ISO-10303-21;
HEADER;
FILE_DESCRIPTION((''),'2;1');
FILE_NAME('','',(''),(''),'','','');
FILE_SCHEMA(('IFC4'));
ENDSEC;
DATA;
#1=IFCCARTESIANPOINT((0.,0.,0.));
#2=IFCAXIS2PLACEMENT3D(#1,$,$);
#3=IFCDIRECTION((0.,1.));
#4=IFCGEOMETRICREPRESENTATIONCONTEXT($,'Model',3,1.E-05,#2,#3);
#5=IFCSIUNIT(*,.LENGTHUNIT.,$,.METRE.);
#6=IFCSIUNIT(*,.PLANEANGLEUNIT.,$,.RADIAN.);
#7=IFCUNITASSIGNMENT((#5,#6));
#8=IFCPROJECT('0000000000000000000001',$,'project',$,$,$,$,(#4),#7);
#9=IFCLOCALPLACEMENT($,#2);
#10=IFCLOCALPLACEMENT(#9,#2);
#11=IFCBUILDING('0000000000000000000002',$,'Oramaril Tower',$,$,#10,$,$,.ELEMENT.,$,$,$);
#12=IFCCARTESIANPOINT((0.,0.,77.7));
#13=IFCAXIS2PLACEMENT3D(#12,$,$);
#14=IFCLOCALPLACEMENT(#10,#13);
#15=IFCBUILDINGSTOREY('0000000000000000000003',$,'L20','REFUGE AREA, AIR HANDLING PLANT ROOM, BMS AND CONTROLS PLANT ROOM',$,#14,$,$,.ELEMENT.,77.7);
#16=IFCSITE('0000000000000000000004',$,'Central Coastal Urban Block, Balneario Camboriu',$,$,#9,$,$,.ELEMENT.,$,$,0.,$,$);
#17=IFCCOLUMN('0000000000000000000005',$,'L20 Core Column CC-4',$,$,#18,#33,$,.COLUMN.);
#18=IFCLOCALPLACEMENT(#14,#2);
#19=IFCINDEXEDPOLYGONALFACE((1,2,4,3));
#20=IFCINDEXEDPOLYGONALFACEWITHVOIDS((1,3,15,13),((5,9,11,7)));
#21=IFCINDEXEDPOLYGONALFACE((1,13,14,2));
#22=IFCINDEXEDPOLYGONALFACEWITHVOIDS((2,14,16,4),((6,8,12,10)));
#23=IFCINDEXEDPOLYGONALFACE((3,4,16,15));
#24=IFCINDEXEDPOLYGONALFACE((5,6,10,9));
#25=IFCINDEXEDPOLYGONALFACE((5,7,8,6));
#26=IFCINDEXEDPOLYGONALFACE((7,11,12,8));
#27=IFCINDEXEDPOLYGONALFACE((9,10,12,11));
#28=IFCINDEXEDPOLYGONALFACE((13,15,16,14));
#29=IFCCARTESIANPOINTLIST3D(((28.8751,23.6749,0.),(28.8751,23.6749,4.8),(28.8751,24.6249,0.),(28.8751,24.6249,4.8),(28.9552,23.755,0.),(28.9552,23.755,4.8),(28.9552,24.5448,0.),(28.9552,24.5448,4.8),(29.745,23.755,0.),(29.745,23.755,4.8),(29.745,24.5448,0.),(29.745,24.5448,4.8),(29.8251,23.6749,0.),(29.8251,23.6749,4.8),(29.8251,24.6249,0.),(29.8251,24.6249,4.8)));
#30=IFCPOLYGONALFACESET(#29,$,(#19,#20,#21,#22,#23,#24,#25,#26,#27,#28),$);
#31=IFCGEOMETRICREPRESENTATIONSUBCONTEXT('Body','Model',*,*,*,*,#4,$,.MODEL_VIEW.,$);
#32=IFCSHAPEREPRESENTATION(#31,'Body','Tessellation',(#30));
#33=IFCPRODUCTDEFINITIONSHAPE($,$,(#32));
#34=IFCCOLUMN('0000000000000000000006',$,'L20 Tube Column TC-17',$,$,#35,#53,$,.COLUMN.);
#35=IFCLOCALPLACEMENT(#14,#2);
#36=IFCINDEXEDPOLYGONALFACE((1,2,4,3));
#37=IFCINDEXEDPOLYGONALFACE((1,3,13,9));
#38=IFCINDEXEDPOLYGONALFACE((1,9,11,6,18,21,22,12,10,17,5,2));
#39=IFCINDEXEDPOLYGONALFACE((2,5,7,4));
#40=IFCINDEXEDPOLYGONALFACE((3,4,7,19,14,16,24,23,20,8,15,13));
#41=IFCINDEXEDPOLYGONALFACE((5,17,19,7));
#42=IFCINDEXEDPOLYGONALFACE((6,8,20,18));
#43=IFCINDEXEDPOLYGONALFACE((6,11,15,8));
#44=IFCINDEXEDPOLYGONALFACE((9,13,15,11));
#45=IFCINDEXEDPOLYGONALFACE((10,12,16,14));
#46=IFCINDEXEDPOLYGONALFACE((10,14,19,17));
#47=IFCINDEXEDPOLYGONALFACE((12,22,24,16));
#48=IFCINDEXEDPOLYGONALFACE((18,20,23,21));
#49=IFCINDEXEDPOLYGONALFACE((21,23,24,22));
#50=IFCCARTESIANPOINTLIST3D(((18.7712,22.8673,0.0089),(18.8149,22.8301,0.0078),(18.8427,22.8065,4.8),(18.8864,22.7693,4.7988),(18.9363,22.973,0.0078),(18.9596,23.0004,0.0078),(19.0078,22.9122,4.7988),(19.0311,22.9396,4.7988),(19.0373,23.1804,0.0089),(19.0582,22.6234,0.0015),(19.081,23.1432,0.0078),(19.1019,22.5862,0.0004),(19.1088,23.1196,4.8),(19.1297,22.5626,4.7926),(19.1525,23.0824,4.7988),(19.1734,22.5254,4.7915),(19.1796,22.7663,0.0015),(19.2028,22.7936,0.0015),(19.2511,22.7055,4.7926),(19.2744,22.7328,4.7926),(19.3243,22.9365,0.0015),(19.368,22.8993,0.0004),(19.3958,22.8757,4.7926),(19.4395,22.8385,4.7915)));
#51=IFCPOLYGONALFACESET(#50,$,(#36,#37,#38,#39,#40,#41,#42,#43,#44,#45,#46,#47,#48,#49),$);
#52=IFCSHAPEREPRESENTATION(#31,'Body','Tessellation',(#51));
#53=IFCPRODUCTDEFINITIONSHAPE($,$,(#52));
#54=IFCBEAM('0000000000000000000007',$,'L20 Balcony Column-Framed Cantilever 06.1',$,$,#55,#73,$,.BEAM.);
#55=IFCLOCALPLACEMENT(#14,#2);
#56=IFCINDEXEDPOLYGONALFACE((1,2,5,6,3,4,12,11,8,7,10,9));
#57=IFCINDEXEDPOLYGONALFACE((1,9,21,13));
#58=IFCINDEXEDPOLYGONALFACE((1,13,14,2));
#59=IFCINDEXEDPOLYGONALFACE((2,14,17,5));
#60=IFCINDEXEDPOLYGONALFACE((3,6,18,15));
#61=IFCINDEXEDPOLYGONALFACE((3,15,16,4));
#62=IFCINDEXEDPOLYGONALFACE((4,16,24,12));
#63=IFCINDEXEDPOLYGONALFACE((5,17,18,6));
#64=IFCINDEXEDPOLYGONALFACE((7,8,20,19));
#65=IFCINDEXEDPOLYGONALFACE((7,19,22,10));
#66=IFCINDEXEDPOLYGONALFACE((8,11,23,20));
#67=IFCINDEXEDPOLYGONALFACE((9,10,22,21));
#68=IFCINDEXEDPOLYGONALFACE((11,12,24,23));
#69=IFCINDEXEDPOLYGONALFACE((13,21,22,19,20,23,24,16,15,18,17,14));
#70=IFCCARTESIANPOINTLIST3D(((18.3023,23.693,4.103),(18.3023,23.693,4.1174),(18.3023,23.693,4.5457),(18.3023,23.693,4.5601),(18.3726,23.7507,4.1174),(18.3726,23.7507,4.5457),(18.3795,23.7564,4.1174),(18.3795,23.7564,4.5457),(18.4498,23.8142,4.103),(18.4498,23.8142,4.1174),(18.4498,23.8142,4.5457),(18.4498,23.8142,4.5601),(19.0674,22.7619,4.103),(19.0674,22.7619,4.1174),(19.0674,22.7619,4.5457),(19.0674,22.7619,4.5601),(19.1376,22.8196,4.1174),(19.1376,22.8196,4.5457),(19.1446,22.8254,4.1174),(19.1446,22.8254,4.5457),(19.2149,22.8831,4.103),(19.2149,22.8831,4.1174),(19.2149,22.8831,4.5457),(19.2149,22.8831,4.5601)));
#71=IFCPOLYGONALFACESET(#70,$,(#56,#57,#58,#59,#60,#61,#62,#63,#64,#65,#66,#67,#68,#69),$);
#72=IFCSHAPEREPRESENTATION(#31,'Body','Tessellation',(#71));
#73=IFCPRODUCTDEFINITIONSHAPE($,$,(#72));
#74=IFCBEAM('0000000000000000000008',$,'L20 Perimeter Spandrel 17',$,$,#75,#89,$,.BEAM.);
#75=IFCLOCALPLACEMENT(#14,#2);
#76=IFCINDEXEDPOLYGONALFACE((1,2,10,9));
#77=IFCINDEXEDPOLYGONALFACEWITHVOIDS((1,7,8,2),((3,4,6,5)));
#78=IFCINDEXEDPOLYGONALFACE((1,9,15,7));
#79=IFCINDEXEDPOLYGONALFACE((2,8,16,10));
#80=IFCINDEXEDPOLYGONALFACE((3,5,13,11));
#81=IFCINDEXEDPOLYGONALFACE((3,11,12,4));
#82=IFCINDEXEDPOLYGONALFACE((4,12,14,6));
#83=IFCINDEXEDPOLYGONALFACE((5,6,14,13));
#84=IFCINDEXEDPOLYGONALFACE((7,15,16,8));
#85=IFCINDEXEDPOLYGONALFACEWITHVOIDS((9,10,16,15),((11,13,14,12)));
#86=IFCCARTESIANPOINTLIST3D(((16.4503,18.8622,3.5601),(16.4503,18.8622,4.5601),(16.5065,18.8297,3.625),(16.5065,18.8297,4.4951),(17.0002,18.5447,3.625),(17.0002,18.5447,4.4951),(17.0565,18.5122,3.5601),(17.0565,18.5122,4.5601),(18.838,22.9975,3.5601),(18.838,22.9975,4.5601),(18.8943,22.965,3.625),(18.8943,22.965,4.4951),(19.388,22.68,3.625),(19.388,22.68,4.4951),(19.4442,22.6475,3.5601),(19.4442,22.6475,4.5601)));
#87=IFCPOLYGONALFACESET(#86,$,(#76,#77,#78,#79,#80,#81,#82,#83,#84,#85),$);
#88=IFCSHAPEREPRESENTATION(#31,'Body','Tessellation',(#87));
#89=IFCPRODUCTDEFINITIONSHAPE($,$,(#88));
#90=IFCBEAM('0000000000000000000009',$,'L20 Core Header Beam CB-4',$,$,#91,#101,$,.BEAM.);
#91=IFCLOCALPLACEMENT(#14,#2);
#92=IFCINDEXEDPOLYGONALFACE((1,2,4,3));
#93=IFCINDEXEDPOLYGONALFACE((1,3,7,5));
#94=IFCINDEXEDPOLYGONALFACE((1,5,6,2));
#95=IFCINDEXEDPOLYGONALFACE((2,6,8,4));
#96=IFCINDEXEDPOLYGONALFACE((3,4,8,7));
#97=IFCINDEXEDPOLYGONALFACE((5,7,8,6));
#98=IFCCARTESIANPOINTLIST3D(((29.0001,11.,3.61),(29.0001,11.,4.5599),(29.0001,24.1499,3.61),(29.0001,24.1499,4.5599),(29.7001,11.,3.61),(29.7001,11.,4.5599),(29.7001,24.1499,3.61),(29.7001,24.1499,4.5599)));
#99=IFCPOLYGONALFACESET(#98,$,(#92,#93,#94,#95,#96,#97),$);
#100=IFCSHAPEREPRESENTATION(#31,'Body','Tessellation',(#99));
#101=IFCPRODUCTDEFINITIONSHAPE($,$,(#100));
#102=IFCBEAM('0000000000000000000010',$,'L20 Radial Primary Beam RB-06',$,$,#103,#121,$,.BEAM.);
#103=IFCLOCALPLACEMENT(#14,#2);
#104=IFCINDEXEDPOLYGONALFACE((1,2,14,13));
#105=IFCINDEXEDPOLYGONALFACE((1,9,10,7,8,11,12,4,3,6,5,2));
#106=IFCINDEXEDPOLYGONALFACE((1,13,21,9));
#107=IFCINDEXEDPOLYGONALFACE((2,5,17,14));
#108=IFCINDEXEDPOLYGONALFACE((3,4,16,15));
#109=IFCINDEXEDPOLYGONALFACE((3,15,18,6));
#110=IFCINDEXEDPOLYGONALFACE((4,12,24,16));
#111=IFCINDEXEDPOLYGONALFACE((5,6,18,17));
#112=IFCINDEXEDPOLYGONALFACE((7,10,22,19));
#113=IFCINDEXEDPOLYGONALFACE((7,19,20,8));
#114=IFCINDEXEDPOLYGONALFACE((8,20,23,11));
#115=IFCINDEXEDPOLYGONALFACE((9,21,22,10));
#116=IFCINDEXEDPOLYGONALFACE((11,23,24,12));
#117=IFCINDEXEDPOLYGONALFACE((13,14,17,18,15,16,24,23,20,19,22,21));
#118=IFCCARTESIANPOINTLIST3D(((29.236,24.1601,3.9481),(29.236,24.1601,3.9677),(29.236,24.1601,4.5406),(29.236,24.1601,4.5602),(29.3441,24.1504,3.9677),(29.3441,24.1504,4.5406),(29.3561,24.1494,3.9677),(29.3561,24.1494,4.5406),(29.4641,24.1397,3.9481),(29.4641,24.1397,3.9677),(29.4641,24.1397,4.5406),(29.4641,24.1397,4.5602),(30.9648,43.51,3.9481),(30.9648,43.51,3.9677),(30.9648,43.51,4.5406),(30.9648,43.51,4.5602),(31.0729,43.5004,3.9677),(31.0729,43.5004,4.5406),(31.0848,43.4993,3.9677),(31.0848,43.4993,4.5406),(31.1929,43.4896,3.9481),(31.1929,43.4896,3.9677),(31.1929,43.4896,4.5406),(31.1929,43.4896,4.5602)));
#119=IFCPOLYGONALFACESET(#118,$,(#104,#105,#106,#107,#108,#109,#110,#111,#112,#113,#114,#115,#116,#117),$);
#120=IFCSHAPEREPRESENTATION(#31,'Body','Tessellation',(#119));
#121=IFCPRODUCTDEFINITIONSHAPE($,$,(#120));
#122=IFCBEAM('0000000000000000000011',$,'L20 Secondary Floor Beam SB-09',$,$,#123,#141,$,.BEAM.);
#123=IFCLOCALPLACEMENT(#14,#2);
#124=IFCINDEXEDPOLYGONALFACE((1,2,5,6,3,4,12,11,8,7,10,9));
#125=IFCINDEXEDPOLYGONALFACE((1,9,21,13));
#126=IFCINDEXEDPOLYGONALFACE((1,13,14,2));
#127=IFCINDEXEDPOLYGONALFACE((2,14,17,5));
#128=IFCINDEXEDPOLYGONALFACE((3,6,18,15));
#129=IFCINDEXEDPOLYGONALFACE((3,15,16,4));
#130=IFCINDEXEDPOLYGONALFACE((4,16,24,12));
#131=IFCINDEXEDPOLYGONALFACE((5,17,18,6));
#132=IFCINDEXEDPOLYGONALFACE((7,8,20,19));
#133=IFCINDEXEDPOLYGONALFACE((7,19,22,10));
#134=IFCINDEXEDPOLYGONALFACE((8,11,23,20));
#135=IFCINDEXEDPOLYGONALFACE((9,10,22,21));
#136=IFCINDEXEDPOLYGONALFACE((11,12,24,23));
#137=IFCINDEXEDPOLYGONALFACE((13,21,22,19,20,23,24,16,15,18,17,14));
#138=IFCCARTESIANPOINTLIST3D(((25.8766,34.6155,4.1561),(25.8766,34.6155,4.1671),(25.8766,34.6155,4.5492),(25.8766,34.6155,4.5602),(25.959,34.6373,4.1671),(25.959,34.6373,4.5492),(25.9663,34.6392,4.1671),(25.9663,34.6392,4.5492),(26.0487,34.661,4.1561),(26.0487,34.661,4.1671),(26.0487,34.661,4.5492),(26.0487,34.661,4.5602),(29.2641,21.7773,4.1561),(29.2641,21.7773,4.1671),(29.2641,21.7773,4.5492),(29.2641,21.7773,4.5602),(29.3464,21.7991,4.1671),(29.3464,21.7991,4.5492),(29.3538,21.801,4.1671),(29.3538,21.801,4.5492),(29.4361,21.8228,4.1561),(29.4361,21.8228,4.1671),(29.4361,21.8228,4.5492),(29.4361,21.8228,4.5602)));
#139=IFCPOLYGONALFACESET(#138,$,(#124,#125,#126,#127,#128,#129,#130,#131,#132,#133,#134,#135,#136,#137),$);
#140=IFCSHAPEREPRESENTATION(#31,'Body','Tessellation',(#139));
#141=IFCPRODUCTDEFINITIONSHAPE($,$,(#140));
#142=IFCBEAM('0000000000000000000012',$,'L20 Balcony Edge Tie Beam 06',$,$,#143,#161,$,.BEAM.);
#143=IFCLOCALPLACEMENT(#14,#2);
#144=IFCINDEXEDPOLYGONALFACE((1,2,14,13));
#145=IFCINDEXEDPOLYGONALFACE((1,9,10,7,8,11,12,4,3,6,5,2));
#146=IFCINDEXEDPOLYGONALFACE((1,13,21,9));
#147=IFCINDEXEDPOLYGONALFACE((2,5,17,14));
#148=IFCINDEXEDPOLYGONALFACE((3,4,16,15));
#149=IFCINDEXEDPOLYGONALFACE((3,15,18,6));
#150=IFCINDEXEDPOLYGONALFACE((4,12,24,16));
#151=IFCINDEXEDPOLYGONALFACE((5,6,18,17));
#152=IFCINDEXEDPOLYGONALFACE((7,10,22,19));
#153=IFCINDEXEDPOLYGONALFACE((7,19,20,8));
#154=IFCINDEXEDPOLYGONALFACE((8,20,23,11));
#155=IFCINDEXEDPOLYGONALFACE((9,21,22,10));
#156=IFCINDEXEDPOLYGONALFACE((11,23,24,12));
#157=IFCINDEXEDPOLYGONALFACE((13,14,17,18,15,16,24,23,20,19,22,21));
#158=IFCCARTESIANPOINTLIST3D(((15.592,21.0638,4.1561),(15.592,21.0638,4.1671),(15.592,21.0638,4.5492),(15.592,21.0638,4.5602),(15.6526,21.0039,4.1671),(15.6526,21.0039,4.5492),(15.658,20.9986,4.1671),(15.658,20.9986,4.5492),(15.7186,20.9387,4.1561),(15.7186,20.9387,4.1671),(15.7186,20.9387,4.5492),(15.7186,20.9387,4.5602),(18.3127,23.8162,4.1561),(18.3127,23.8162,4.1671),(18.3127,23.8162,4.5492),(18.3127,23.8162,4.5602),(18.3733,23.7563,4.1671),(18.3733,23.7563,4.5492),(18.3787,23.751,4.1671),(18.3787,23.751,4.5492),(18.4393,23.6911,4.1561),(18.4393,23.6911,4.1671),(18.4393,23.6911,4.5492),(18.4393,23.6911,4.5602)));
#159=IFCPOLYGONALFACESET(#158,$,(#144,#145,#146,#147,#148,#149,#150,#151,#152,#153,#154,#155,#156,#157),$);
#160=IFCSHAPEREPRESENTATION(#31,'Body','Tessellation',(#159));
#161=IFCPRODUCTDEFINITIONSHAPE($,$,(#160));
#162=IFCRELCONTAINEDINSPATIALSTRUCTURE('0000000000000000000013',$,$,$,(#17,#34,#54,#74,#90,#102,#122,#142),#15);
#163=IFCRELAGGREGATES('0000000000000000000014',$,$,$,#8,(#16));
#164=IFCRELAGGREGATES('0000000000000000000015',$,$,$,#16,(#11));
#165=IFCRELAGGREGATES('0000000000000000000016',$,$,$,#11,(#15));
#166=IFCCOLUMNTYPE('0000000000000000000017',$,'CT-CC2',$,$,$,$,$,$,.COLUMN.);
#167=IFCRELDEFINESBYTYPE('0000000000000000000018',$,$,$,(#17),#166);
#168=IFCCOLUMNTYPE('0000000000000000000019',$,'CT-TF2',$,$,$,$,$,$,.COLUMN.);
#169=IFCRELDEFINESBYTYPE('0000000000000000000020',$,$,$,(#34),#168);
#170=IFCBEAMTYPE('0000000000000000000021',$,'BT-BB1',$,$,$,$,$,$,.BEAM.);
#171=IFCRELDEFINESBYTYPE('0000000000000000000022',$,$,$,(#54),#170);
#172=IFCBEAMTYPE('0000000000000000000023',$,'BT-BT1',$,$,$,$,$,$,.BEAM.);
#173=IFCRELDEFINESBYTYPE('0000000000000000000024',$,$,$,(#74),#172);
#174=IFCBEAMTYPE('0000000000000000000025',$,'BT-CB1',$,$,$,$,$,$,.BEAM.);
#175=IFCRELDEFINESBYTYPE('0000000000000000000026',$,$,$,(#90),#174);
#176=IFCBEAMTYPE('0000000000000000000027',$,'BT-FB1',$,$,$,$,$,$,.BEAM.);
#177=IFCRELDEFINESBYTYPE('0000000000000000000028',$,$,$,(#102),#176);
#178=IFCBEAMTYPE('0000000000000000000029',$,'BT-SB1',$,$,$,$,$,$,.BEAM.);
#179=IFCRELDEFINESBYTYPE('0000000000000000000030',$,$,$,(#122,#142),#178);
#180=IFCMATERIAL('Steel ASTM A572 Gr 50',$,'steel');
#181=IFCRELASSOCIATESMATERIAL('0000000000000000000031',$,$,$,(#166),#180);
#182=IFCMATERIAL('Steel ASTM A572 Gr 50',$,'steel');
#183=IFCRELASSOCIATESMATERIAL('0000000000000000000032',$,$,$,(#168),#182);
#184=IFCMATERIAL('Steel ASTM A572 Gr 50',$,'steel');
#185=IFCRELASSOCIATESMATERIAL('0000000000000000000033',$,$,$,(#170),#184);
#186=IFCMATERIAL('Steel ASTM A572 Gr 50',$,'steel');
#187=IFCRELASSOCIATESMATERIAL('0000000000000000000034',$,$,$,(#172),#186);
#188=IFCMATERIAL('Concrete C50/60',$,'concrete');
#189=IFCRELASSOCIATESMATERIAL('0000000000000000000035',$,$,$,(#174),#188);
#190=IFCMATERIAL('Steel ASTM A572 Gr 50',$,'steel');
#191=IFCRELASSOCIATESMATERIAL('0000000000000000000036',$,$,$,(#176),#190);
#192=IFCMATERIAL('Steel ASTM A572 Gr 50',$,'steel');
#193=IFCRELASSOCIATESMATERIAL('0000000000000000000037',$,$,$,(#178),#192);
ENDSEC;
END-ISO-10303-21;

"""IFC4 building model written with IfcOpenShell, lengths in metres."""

from ifc_helpers import new_model, si_unit, direction, frame, origin, origin_2d, place, context, subcontext, project, spatial, rectangle, hollow_rectangle, i_section, extrude, material, material_profile, profile_set, type_object, element, save


model = new_model("IFC4")

# Units and contexts
model_context = context("Model", 3, precision=1e-05, world=origin(), true_north=direction((0.0, 1.0)))
body_context = subcontext(model_context, "Body", "Model", "MODEL_VIEW")
ifc_project = project(units=[si_unit("LENGTHUNIT", "METRE"), si_unit("PLANEANGLEUNIT", "RADIAN")], contexts=[model_context])

# Site, building, storey
site_placement = place(None, origin())
site = spatial("IfcSite", under=ifc_project, at=site_placement, Name="Central Coastal Urban Block, Balneario Camboriu", CompositionType="ELEMENT", RefElevation=0.0)
building_placement = place(site_placement, origin())
building = spatial("IfcBuilding", under=site, at=building_placement, Name="Oramaril Tower", CompositionType="ELEMENT")
storey_placement = place(building_placement, frame((0.0, 0.0, 77.7)))
storey = spatial("IfcBuildingStorey", under=building, at=storey_placement, Name="L20", Description="REFUGE AREA, AIR HANDLING PLANT ROOM, BMS AND CONTROLS PLANT ROOM", CompositionType="ELEMENT", Elevation=77.7)

# Columns
ifc_material_1 = material(Name="Steel ASTM A572 Gr 50", Category="steel")
ifc_material_profile_1 = material_profile(ifc_material_1, hollow_rectangle(XDim=0.95, YDim=0.95, WallThickness=0.0801, at=origin_2d()), Name="BOX950X950X80")
ifc_profile_set_1 = profile_set([ifc_material_profile_1], Name="Steel ASTM A572 Gr 50")
column_type_1 = type_object("IfcColumnType", Name="CT-CC2", PredefinedType="COLUMN", material=ifc_profile_set_1)
column_1_placement = place(storey_placement, frame((29.3501, 24.1499, 0.0), z_axis=(0.0, 0.0, 1.0), x_axis=(1.0, 0.0, 0.0)))
element("IfcColumn", 1, at=column_1_placement, inside=storey, type_object=column_type_1, Name="L20 Core Column CC-4", PredefinedType="COLUMN", context=body_context, shape_type="SweptSolid", body=[
    extrude(hollow_rectangle(XDim=0.95, YDim=0.95, WallThickness=0.0801, at=origin_2d()), origin(), (0.0, 0.0, 1.0), 4.8),
])
ifc_material_2 = material(Name="Steel ASTM A572 Gr 50", Category="steel")
ifc_material_profile_2 = material_profile(ifc_material_2, i_section(OverallWidth=0.4109, OverallDepth=0.4341, WebThickness=0.0359, FlangeThickness=0.0574, at=origin_2d()), Name="W14X311")
ifc_profile_set_2 = profile_set([ifc_material_profile_2], Name="Steel ASTM A572 Gr 50")
column_type_2 = type_object("IfcColumnType", Name="CT-TF2", PredefinedType="COLUMN", material=ifc_profile_set_2)
column_2_placement = place(storey_placement, frame((19.0696, 22.8833, 0.0046), z_axis=(0.014928, -0.012686, 0.999808), x_axis=(0.647573, 0.762003, 0.0)))
element("IfcColumn", 2, at=column_2_placement, inside=storey, type_object=column_type_2, Name="L20 Tube Column TC-17", PredefinedType="COLUMN", context=body_context, shape_type="SweptSolid", body=[
    extrude(i_section(OverallWidth=0.4109, OverallDepth=0.4341, WebThickness=0.0359, FlangeThickness=0.0574, at=origin_2d()), origin(), (0.0, 0.0, 1.0), 4.792),
])

# Beams
ifc_material_3 = material(Name="Steel ASTM A572 Gr 50", Category="steel")
ifc_material_profile_3 = material_profile(ifc_material_3, i_section(OverallWidth=0.1909, OverallDepth=0.457, WebThickness=0.009, FlangeThickness=0.0144, at=origin_2d()), Name="W18X50")
ifc_profile_set_3 = profile_set([ifc_material_profile_3], Name="Steel ASTM A572 Gr 50")
beam_type_1 = type_object("IfcBeamType", Name="BT-BB1", PredefinedType="BEAM", material=ifc_profile_set_3)
beam_1_placement = place(storey_placement, frame((19.1411, 22.8225, 4.3315), z_axis=(-0.634869, 0.77262, 0.0), x_axis=(-0.77262, -0.634869, 0.0)))
element("IfcBeam", 3, at=beam_1_placement, inside=storey, type_object=beam_type_1, Name="L20 Balcony Column-Framed Cantilever 06.1", PredefinedType="BEAM", context=body_context, shape_type="SweptSolid", body=[
    extrude(i_section(OverallWidth=0.1909, OverallDepth=0.457, WebThickness=0.009, FlangeThickness=0.0144, at=origin_2d()), origin(), (0.0, 0.0, 1.0), 1.2051),
])
ifc_material_4 = material(Name="Steel ASTM A572 Gr 50", Category="steel")
ifc_material_profile_4 = material_profile(ifc_material_4, hollow_rectangle(XDim=0.7, YDim=1.0, WallThickness=0.0649, at=origin_2d()), Name="BOX1000X700X65")
ifc_profile_set_4 = profile_set([ifc_material_profile_4], Name="Steel ASTM A572 Gr 50")
beam_type_2 = type_object("IfcBeamType", Name="BT-BT1", PredefinedType="BEAM", material=ifc_profile_set_4)
beam_2_placement = place(storey_placement, frame((19.1411, 22.8225, 4.0601), z_axis=(-0.500032, -0.866007, 0.0), x_axis=(0.866007, -0.500032, 0.0)))
element("IfcBeam", 4, at=beam_2_placement, inside=storey, type_object=beam_type_2, Name="L20 Perimeter Spandrel 17", PredefinedType="BEAM", context=body_context, shape_type="SweptSolid", body=[
    extrude(hollow_rectangle(XDim=0.7, YDim=1.0, WallThickness=0.0649, at=origin_2d()), origin(), (0.0, 0.0, 1.0), 4.7751),
])
ifc_material_5 = material(Name="Concrete C50/60", Category="concrete")
ifc_material_profile_5 = material_profile(ifc_material_5, rectangle(XDim=0.7, YDim=0.95, at=origin_2d()), Name="CB700X950")
ifc_profile_set_5 = profile_set([ifc_material_profile_5], Name="Concrete C50/60")
beam_type_3 = type_object("IfcBeamType", Name="BT-CB1", PredefinedType="BEAM", material=ifc_profile_set_5)
beam_3_placement = place(storey_placement, frame((29.3501, 24.1499, 4.085), z_axis=(0.0, -1.0, 0.0), x_axis=(1.0, 0.0, 0.0)))
element("IfcBeam", 5, at=beam_3_placement, inside=storey, type_object=beam_type_3, Name="L20 Core Header Beam CB-4", PredefinedType="BEAM", context=body_context, shape_type="SweptSolid", body=[
    extrude(rectangle(XDim=0.7, YDim=0.95, at=origin_2d()), origin(), (0.0, 0.0, 1.0), 13.1499),
])
ifc_material_6 = material(Name="Steel ASTM A572 Gr 50", Category="steel")
ifc_material_profile_6 = material_profile(ifc_material_6, i_section(OverallWidth=0.229, OverallDepth=0.6121, WebThickness=0.012, FlangeThickness=0.0195, at=origin_2d()), Name="W24X84")
ifc_profile_set_6 = profile_set([ifc_material_profile_6], Name="Steel ASTM A572 Gr 50")
beam_type_4 = type_object("IfcBeamType", Name="BT-FB1", PredefinedType="BEAM", material=ifc_profile_set_6)
beam_4_placement = place(storey_placement, frame((29.3501, 24.1499, 4.2542), z_axis=(0.088988, 0.996033, 0.0), x_axis=(-0.996033, 0.088988, 0.0)))
element("IfcBeam", 6, at=beam_4_placement, inside=storey, type_object=beam_type_4, Name="L20 Radial Primary Beam RB-06", PredefinedType="BEAM", context=body_context, shape_type="SweptSolid", body=[
    extrude(i_section(OverallWidth=0.229, OverallDepth=0.6121, WebThickness=0.012, FlangeThickness=0.0195, at=origin_2d()), origin(), (0.0, 0.0, 1.0), 19.427),
])
ifc_material_7 = material(Name="Steel ASTM A572 Gr 50", Category="steel")
ifc_material_profile_7 = material_profile(ifc_material_7, i_section(OverallWidth=0.178, OverallDepth=0.4041, WebThickness=0.0076, FlangeThickness=0.011, at=origin_2d()), Name="W16X36")
ifc_profile_set_7 = profile_set([ifc_material_profile_7], Name="Steel ASTM A572 Gr 50")
beam_type_5 = type_object("IfcBeamType", Name="BT-SB1", PredefinedType="BEAM", material=ifc_profile_set_7)
beam_5_placement = place(storey_placement, frame((29.3501, 21.8, 4.3582), z_axis=(-0.255127, 0.966908, 0.0), x_axis=(-0.966908, -0.255127, 0.0)))
element("IfcBeam", 7, at=beam_5_placement, inside=storey, type_object=beam_type_5, Name="L20 Secondary Floor Beam SB-09", PredefinedType="BEAM", context=body_context, shape_type="SweptSolid", body=[
    extrude(i_section(OverallWidth=0.178, OverallDepth=0.4041, WebThickness=0.0076, FlangeThickness=0.011, at=origin_2d()), origin(), (0.0, 0.0, 1.0), 13.2776),
])
beam_6_placement = place(storey_placement, frame((18.376, 23.7537, 4.3582), z_axis=(-0.702995, -0.711195, 0.0), x_axis=(0.711195, -0.702995, 0.0)))
element("IfcBeam", 8, at=beam_6_placement, inside=storey, type_object=beam_type_5, Name="L20 Balcony Edge Tie Beam 06", PredefinedType="BEAM", context=body_context, shape_type="SweptSolid", body=[
    extrude(i_section(OverallWidth=0.178, OverallDepth=0.4041, WebThickness=0.0076, FlangeThickness=0.011, at=origin_2d()), origin(), (0.0, 0.0, 1.0), 3.8701),
])

save(model, "model.ifc")
